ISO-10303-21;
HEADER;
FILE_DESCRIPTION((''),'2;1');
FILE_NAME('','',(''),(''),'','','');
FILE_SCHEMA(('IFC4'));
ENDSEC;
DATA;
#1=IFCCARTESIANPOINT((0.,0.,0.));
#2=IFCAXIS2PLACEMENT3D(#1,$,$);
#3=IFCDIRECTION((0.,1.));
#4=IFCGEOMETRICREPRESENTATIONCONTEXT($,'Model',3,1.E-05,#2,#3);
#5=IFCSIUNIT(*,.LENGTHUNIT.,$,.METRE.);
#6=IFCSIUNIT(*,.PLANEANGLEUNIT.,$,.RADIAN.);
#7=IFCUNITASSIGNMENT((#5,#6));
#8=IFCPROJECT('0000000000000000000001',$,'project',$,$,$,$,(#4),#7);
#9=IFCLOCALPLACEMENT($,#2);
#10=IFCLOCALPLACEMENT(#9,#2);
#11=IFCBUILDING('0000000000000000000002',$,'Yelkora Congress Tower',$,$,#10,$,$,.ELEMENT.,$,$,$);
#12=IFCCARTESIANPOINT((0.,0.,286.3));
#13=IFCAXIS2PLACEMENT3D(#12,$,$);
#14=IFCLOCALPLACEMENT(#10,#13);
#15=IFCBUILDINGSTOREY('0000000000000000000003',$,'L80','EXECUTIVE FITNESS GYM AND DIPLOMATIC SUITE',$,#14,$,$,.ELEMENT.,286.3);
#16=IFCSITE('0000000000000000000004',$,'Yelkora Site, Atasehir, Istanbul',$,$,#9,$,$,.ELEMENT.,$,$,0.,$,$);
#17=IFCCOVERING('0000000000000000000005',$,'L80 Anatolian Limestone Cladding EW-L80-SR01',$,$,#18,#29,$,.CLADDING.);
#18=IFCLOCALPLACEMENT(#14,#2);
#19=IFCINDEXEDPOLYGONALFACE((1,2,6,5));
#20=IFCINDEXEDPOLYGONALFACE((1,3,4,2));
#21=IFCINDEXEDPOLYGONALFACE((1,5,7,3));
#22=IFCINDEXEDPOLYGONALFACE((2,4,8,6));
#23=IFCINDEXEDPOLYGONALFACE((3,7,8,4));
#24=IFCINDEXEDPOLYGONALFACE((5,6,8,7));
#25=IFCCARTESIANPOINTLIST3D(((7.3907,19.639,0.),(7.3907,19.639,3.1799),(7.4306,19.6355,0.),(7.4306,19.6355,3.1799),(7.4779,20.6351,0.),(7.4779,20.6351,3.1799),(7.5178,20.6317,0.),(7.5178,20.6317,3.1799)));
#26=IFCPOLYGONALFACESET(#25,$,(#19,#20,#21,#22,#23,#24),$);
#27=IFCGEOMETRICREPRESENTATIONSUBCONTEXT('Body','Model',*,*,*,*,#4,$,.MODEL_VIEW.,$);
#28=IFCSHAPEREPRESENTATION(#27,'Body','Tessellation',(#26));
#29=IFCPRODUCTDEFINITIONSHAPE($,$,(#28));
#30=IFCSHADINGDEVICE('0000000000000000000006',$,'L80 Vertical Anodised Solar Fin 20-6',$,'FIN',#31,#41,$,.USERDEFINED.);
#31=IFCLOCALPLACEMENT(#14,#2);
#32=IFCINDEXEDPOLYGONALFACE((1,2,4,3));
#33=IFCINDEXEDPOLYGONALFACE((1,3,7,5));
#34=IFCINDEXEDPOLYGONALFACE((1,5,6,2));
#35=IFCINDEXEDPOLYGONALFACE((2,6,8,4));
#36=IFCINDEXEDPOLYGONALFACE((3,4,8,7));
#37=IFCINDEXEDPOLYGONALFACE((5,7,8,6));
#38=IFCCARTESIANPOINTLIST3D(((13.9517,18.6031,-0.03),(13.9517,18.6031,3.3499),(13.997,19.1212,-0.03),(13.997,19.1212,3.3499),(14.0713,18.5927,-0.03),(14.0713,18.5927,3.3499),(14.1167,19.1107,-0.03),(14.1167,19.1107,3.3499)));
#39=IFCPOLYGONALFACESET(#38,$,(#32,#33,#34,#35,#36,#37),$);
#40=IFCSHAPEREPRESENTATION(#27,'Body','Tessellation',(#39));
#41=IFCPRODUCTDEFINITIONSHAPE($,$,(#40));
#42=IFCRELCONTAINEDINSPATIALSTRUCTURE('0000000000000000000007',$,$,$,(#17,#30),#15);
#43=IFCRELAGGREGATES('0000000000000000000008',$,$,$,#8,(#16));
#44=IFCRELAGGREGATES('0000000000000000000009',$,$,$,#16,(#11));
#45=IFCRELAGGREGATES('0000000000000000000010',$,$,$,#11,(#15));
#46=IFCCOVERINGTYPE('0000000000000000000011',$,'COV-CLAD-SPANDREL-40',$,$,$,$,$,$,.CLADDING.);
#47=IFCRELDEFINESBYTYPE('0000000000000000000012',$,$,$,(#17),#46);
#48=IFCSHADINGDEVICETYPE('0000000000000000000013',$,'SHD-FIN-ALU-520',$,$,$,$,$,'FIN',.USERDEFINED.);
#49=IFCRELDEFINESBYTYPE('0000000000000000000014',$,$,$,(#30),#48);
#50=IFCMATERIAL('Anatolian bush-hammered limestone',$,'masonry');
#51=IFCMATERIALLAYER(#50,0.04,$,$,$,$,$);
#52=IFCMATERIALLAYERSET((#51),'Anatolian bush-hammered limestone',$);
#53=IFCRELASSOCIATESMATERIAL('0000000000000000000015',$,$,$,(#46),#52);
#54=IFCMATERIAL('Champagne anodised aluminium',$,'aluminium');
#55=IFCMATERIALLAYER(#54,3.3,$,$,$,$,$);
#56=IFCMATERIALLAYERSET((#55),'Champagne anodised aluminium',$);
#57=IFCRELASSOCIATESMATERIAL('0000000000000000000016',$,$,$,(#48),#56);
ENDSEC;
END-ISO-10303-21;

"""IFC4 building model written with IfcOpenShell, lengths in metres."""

from ifc_helpers import new_model, si_unit, direction, frame, frame_2d, origin, origin_2d, place, context, subcontext, project, spatial, rectangle, extrude, material, layer, layer_set, type_object, element, save


model = new_model("IFC4")

# Units and contexts
model_context = context("Model", 3, precision=1e-05, world=origin(), true_north=direction((0.0, 1.0)))
body_context = subcontext(model_context, "Body", "Model", "MODEL_VIEW")
ifc_project = project(units=[si_unit("LENGTHUNIT", "METRE"), si_unit("PLANEANGLEUNIT", "RADIAN")], contexts=[model_context])

# Site, building, storey
site_placement = place(None, origin())
site = spatial("IfcSite", under=ifc_project, at=site_placement, Name="Yelkora Site, Atasehir, Istanbul", CompositionType="ELEMENT", RefElevation=0.0)
building_placement = place(site_placement, origin())
building = spatial("IfcBuilding", under=site, at=building_placement, Name="Yelkora Congress Tower", CompositionType="ELEMENT")
storey_placement = place(building_placement, frame((0.0, 0.0, 286.3)))
storey = spatial("IfcBuildingStorey", under=building, at=storey_placement, Name="L80", Description="EXECUTIVE FITNESS GYM AND DIPLOMATIC SUITE", CompositionType="ELEMENT", Elevation=286.3)

# Covering
ifc_material_1 = material(Name="Anatolian bush-hammered limestone", Category="masonry")
ifc_layer_1 = layer(ifc_material_1, 0.04)
ifc_layer_set_1 = layer_set([ifc_layer_1], Name="Anatolian bush-hammered limestone")
covering_type = type_object("IfcCoveringType", Name="COV-CLAD-SPANDREL-40", PredefinedType="CLADDING", material=ifc_layer_set_1)
covering_placement = place(storey_placement, frame((7.4106, 19.6372, 0.0), z_axis=(0.0, 0.0, 1.0), x_axis=(0.087167, 0.996194, 0.0)))
element("IfcCovering", 1, at=covering_placement, inside=storey, type_object=covering_type, Name="L80 Anatolian Limestone Cladding EW-L80-SR01", PredefinedType="CLADDING", context=body_context, shape_type="SweptSolid", body=[
    extrude(rectangle(XDim=1.0, YDim=0.04, at=frame_2d((0.5, 0.0))), origin(), (0.0, 0.0, 1.0), 3.1799),
])

# Shading device
ifc_material_2 = material(Name="Champagne anodised aluminium", Category="aluminium")
ifc_layer_2 = layer(ifc_material_2, 3.3)
ifc_layer_set_2 = layer_set([ifc_layer_2], Name="Champagne anodised aluminium")
shading_device_type = type_object("IfcShadingDeviceType", Name="SHD-FIN-ALU-520", ElementType="FIN", PredefinedType="USERDEFINED", material=ifc_layer_set_2)
shading_device_placement = place(storey_placement, frame((14.0342, 18.8569, -0.03), z_axis=(0.0, 0.0, 1.0), x_axis=(-0.996195, 0.087156, 0.0)))
element("IfcShadingDevice", 2, at=shading_device_placement, inside=storey, type_object=shading_device_type, Name="L80 Vertical Anodised Solar Fin 20-6", ObjectType="FIN", PredefinedType="USERDEFINED", context=body_context, shape_type="SweptSolid", body=[
    extrude(rectangle(XDim=0.1201, YDim=0.52, at=origin_2d()), origin(), (0.0, 0.0, 1.0), 3.3799),
])

save(model, "model.ifc")
